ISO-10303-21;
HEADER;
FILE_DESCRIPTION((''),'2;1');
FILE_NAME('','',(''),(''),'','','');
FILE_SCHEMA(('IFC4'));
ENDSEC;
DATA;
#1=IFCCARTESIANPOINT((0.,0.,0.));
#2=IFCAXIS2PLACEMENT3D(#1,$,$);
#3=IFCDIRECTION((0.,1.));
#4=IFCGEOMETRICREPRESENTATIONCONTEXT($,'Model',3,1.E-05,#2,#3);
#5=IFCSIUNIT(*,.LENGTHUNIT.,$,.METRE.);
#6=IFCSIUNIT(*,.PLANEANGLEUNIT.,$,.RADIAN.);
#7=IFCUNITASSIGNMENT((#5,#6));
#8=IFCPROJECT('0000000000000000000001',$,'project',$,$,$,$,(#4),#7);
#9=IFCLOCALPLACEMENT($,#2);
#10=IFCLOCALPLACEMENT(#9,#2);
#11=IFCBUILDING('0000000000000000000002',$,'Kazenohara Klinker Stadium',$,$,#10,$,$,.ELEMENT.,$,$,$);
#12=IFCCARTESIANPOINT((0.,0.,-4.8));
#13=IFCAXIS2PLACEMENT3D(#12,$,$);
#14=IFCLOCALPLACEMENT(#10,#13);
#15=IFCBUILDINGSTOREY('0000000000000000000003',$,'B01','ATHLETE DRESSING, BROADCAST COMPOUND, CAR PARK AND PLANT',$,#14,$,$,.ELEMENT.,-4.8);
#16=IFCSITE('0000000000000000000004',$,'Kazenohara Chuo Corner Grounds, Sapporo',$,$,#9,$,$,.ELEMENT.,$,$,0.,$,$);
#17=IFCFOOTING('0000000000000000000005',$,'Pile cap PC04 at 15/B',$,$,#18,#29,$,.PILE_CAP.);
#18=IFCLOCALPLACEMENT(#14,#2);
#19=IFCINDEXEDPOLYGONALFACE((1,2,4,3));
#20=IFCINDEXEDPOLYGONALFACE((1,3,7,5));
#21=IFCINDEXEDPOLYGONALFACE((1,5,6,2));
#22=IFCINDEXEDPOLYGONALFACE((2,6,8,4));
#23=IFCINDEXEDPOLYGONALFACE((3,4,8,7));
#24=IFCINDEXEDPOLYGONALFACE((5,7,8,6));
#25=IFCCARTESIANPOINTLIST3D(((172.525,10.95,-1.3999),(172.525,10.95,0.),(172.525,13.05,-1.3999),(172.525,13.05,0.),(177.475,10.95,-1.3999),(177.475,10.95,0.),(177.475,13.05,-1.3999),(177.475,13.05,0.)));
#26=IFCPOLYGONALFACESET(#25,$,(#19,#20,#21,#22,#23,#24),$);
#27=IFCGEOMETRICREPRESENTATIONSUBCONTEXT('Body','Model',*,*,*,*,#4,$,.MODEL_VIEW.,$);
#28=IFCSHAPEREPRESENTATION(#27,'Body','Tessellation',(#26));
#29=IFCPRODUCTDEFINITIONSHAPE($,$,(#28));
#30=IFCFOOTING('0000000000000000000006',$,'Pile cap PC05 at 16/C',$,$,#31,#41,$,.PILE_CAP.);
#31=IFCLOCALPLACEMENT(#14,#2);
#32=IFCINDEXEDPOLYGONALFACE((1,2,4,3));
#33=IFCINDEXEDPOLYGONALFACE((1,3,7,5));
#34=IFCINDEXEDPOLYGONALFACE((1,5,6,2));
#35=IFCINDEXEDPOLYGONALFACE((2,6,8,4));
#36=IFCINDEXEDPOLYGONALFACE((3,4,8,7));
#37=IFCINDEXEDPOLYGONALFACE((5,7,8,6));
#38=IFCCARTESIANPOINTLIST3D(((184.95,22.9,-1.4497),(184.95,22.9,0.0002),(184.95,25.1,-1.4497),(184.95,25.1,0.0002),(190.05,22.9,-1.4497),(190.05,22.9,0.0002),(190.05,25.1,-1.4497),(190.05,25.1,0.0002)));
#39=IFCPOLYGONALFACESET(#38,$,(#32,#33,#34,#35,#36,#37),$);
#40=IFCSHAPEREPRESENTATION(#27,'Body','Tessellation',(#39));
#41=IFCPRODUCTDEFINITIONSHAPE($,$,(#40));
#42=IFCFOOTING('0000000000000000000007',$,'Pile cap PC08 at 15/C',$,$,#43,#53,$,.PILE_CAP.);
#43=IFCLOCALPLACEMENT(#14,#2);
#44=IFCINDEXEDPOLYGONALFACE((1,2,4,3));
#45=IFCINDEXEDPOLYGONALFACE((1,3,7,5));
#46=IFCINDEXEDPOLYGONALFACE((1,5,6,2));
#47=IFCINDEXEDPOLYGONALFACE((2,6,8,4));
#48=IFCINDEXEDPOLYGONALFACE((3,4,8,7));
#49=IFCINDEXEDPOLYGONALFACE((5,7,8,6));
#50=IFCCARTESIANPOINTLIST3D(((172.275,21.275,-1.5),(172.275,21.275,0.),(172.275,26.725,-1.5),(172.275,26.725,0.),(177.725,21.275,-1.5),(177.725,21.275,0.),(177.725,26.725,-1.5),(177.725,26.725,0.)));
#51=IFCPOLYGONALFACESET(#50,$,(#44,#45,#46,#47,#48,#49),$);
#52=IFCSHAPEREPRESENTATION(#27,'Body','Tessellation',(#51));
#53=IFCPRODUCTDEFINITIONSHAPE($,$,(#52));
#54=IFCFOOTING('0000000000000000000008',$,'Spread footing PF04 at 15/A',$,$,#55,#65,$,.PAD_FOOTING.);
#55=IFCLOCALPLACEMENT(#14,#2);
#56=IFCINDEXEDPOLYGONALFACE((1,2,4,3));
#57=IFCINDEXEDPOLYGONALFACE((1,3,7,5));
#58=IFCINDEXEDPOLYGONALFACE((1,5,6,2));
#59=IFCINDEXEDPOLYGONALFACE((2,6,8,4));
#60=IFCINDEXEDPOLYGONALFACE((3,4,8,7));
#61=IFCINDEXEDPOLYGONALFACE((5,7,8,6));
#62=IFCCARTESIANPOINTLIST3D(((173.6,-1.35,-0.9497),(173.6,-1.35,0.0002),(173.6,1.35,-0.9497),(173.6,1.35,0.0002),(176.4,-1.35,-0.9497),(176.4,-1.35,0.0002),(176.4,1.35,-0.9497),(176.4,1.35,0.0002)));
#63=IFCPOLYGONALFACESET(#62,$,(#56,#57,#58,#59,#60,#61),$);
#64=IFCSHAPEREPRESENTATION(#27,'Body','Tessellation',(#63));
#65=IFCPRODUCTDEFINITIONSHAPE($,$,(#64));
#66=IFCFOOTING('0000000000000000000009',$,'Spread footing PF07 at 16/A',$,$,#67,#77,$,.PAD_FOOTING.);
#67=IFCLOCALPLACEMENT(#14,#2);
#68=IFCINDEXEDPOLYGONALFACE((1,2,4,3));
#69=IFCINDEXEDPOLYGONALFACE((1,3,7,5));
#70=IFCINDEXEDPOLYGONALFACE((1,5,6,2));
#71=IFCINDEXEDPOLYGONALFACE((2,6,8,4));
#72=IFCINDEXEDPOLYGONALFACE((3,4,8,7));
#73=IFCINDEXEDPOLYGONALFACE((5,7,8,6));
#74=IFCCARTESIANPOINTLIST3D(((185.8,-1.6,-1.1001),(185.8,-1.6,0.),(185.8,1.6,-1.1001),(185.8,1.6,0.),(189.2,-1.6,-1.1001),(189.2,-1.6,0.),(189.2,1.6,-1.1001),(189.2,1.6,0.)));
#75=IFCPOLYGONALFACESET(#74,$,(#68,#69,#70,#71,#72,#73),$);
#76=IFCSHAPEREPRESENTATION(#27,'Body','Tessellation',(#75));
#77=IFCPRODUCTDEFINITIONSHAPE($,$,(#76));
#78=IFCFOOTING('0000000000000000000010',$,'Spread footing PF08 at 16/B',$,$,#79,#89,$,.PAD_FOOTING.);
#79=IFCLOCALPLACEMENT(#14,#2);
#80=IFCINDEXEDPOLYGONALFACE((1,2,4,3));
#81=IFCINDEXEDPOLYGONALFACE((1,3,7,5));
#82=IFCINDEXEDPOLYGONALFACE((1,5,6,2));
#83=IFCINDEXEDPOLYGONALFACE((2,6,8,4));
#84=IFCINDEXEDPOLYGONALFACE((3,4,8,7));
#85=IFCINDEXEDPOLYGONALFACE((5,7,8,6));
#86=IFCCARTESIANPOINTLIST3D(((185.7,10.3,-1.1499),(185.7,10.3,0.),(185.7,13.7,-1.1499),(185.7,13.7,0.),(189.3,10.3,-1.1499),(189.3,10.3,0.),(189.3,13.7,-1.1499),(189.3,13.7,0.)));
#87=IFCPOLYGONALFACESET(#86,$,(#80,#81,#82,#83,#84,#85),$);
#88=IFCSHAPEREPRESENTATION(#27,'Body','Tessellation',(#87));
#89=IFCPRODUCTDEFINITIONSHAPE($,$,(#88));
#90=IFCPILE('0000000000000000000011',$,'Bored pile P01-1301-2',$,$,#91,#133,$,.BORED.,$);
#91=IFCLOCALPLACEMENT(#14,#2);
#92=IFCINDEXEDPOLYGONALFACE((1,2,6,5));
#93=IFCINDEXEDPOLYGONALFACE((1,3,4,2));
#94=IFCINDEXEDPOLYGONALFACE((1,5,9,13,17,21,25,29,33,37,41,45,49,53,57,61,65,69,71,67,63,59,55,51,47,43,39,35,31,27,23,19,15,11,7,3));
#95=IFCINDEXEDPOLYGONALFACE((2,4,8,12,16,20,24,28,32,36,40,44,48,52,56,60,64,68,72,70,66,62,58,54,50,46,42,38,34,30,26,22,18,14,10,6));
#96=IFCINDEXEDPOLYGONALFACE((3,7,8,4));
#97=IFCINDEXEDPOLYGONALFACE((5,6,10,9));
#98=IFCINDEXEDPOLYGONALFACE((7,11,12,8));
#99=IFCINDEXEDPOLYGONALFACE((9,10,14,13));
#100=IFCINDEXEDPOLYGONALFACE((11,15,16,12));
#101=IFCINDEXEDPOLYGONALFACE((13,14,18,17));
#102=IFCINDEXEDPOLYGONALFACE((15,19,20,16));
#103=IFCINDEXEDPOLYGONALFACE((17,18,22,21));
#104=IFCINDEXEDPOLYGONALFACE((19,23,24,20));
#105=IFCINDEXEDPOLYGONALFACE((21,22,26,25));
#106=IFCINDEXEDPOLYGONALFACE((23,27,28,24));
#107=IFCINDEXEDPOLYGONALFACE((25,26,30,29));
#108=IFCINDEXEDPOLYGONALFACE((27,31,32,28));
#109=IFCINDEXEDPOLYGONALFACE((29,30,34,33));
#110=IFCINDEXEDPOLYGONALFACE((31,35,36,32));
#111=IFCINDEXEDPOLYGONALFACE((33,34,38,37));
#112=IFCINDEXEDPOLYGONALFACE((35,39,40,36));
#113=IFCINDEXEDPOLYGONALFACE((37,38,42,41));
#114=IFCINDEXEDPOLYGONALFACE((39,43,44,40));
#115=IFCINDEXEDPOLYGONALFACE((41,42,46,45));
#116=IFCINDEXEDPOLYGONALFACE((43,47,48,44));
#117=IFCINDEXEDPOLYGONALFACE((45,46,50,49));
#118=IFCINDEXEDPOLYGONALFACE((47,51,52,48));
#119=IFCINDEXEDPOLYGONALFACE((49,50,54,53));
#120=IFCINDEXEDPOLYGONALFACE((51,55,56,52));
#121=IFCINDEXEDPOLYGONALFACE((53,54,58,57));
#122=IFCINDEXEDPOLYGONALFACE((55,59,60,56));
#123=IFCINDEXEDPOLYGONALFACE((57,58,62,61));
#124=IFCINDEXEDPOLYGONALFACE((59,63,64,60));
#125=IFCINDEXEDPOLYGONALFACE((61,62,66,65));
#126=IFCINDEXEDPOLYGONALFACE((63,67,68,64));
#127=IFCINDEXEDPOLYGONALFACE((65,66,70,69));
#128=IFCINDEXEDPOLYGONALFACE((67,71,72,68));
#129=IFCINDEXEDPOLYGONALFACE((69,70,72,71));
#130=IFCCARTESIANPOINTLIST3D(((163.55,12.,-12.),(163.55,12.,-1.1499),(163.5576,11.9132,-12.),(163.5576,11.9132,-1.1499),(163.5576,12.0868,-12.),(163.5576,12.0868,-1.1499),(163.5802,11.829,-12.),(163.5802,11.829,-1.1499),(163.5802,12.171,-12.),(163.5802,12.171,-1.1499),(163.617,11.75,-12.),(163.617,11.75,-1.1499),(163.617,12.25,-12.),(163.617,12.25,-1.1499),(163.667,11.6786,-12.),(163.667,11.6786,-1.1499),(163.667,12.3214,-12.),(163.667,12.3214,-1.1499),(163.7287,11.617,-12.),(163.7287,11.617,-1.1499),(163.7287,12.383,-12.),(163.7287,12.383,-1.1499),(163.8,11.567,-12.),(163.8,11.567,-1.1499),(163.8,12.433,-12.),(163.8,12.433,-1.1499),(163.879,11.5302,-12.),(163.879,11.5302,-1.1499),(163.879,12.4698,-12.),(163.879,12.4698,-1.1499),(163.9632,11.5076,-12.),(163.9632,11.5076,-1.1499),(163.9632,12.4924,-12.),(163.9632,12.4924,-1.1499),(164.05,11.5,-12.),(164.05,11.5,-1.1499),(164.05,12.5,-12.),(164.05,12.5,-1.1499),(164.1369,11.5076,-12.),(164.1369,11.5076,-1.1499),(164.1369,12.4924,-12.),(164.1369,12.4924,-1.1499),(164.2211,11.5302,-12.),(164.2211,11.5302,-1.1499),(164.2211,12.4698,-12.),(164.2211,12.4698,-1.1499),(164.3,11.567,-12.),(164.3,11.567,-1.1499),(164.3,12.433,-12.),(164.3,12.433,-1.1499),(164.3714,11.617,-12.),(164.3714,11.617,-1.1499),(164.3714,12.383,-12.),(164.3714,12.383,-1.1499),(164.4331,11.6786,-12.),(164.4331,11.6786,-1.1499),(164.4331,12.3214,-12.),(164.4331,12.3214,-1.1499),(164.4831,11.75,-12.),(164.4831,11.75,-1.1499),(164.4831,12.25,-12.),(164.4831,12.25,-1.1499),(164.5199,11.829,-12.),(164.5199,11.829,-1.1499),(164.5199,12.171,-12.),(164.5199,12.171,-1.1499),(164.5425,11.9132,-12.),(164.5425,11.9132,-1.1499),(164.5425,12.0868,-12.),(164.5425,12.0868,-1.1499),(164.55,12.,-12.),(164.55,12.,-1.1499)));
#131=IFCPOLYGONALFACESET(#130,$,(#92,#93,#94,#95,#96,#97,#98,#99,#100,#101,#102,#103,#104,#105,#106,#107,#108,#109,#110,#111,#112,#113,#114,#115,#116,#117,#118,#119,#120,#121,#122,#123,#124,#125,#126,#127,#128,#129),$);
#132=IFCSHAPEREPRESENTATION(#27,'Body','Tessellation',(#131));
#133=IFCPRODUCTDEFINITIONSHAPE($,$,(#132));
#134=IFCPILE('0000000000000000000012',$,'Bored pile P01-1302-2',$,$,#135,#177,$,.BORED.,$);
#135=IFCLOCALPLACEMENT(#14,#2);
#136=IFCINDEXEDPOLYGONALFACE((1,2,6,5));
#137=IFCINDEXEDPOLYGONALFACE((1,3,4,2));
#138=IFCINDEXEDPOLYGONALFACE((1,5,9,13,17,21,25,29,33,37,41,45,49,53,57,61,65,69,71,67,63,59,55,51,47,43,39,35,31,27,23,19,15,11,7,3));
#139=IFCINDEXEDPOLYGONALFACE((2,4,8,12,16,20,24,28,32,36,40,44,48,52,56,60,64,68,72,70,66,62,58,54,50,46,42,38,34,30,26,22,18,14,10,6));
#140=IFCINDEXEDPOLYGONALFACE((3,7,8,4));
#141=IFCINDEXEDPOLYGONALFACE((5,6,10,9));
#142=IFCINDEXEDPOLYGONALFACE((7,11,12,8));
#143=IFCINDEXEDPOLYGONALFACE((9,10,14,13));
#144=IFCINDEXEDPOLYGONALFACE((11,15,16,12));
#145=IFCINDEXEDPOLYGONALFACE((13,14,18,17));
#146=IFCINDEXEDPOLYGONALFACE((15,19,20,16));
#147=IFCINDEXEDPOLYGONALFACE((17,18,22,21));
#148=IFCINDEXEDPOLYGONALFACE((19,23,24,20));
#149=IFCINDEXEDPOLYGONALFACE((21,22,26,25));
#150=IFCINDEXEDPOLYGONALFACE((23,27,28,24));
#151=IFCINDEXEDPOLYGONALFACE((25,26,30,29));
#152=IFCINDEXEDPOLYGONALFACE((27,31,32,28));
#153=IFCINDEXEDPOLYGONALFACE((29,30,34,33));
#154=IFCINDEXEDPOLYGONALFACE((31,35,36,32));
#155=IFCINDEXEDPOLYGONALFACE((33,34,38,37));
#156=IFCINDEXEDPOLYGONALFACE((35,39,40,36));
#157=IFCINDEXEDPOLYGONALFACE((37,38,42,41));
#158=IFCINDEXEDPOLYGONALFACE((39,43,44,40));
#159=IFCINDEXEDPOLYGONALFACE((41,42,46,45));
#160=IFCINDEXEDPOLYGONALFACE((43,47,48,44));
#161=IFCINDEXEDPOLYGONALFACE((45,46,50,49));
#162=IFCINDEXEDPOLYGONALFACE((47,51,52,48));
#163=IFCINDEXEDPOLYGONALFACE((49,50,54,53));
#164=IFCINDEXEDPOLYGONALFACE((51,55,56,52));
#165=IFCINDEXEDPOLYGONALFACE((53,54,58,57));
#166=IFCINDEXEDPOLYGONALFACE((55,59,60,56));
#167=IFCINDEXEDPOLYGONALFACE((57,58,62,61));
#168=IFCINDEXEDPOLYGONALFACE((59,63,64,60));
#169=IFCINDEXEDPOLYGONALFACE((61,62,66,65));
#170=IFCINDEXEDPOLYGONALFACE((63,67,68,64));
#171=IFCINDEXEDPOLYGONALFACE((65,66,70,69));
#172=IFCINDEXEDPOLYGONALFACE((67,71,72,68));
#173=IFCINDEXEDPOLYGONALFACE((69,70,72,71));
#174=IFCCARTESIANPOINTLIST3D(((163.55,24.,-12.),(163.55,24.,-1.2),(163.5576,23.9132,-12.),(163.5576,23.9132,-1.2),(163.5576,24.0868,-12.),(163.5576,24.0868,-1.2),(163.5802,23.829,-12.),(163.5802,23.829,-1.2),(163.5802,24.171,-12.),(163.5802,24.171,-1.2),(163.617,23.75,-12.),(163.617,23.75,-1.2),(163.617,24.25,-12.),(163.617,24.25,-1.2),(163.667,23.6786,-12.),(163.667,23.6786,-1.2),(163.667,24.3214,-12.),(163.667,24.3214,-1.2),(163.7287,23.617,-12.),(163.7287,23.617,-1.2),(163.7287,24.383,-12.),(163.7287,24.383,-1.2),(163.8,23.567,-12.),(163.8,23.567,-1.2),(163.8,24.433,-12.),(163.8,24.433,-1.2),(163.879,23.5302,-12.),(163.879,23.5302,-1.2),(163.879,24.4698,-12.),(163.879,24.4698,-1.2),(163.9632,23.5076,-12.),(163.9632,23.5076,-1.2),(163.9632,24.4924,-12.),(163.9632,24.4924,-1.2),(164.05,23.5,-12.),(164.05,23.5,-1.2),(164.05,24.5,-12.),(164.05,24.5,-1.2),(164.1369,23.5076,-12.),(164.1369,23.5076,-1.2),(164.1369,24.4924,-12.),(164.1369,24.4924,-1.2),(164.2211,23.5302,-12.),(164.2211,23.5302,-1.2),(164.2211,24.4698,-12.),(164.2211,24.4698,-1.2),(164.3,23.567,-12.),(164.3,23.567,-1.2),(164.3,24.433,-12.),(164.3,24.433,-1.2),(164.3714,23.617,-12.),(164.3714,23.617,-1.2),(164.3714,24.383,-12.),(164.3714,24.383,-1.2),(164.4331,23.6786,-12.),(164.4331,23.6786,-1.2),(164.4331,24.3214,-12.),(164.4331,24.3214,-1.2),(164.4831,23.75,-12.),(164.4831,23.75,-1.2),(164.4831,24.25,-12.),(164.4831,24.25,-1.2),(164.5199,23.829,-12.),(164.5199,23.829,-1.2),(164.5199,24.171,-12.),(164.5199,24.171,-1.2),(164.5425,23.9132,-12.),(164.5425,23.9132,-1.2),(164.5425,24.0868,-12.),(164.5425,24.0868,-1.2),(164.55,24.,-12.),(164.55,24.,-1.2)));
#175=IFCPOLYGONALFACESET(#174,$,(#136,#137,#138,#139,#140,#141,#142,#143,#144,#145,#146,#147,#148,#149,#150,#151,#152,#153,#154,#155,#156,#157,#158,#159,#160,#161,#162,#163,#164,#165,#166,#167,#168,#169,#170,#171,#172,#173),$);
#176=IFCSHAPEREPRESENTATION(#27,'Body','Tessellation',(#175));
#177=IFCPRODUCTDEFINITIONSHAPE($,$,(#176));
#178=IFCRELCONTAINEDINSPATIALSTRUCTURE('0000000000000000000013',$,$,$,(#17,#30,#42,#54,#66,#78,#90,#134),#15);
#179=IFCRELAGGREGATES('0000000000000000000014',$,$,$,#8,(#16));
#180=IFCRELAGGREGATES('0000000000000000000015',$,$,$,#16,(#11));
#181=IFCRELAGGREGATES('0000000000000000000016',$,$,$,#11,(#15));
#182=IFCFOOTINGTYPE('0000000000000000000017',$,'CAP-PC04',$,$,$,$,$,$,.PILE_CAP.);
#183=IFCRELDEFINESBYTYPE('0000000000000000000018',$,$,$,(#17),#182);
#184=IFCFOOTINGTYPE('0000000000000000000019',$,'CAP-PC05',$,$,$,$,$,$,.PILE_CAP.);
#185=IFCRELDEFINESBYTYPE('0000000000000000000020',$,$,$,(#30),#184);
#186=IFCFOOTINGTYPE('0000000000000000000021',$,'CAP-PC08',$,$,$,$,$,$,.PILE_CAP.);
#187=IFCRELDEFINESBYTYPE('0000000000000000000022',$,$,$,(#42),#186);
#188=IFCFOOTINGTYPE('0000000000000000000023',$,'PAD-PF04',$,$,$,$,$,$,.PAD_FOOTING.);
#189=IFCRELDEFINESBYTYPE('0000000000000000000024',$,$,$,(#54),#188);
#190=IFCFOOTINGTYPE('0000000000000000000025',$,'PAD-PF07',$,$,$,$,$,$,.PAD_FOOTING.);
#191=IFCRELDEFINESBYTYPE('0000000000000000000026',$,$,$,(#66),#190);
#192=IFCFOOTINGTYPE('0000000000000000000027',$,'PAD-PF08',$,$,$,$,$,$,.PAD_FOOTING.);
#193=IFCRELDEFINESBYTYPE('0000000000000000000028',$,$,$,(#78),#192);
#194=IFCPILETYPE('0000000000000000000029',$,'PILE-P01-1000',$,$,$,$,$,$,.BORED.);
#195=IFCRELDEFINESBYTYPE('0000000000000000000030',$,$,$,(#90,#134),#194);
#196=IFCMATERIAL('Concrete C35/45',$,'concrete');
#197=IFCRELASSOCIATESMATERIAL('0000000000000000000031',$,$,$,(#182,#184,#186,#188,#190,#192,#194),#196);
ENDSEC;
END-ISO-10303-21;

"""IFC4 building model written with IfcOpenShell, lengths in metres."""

from ifc_helpers import new_model, si_unit, direction, frame, origin, origin_2d, place, context, subcontext, project, spatial, rectangle, circle, extrude, material, material_profile, profile_set, type_object, element, save


model = new_model("IFC4")

# Units and contexts
model_context = context("Model", 3, precision=1e-05, world=origin(), true_north=direction((0.0, 1.0)))
body_context = subcontext(model_context, "Body", "Model", "MODEL_VIEW")
ifc_project = project(units=[si_unit("LENGTHUNIT", "METRE"), si_unit("PLANEANGLEUNIT", "RADIAN")], contexts=[model_context])

# Site, building, storey
site_placement = place(None, origin())
site = spatial("IfcSite", under=ifc_project, at=site_placement, Name="Kazenohara Chuo Corner Grounds, Sapporo", CompositionType="ELEMENT", RefElevation=0.0)
building_placement = place(site_placement, origin())
building = spatial("IfcBuilding", under=site, at=building_placement, Name="Kazenohara Klinker Stadium", CompositionType="ELEMENT")
storey_placement = place(building_placement, frame((0.0, 0.0, -4.8)))
storey = spatial("IfcBuildingStorey", under=building, at=storey_placement, Name="B01", Description="ATHLETE DRESSING, BROADCAST COMPOUND, CAR PARK AND PLANT", CompositionType="ELEMENT", Elevation=-4.8)

# Footings
ifc_material_1 = material(Name="Concrete C35/45", Category="concrete")
footing_type_1 = type_object("IfcFootingType", Name="CAP-PC04", PredefinedType="PILE_CAP", material=ifc_material_1)
footing_1_placement = place(storey_placement, frame((175.0, 12.0, -1.3999), z_axis=(0.0, 0.0, 1.0), x_axis=(1.0, 0.0, 0.0)))
element("IfcFooting", 1, at=footing_1_placement, inside=storey, type_object=footing_type_1, Name="Pile cap PC04 at 15/B", PredefinedType="PILE_CAP", context=body_context, shape_type="SweptSolid", body=[
    extrude(rectangle(XDim=4.95, YDim=2.1001, at=origin_2d()), origin(), (0.0, 0.0, 1.0), 1.3999),
])
footing_type_2 = type_object("IfcFootingType", Name="CAP-PC05", PredefinedType="PILE_CAP", material=ifc_material_1)
footing_2_placement = place(storey_placement, frame((187.5, 24.0, -1.4497), z_axis=(0.0, 0.0, 1.0), x_axis=(1.0, 0.0, 0.0)))
element("IfcFooting", 2, at=footing_2_placement, inside=storey, type_object=footing_type_2, Name="Pile cap PC05 at 16/C", PredefinedType="PILE_CAP", context=body_context, shape_type="SweptSolid", body=[
    extrude(rectangle(XDim=5.1001, YDim=2.2, at=origin_2d()), origin(), (0.0, 0.0, 1.0), 1.45),
])
footing_type_3 = type_object("IfcFootingType", Name="CAP-PC08", PredefinedType="PILE_CAP", material=ifc_material_1)
footing_3_placement = place(storey_placement, frame((175.0, 24.0, -1.5), z_axis=(0.0, 0.0, 1.0), x_axis=(1.0, 0.0, 0.0)))
element("IfcFooting", 3, at=footing_3_placement, inside=storey, type_object=footing_type_3, Name="Pile cap PC08 at 15/C", PredefinedType="PILE_CAP", context=body_context, shape_type="SweptSolid", body=[
    extrude(rectangle(XDim=5.45, YDim=5.45, at=origin_2d()), origin(), (0.0, 0.0, 1.0), 1.5),
])
footing_type_4 = type_object("IfcFootingType", Name="PAD-PF04", PredefinedType="PAD_FOOTING", material=ifc_material_1)
footing_4_placement = place(storey_placement, frame((175.0, 0.0, -0.9497), z_axis=(0.0, 0.0, 1.0), x_axis=(1.0, 0.0, 0.0)))
element("IfcFooting", 4, at=footing_4_placement, inside=storey, type_object=footing_type_4, Name="Spread footing PF04 at 15/A", PredefinedType="PAD_FOOTING", context=body_context, shape_type="SweptSolid", body=[
    extrude(rectangle(XDim=2.8, YDim=2.7, at=origin_2d()), origin(), (0.0, 0.0, 1.0), 0.95),
])
footing_type_5 = type_object("IfcFootingType", Name="PAD-PF07", PredefinedType="PAD_FOOTING", material=ifc_material_1)
footing_5_placement = place(storey_placement, frame((187.5, 0.0, -1.1001), z_axis=(0.0, 0.0, 1.0), x_axis=(1.0, 0.0, 0.0)))
element("IfcFooting", 5, at=footing_5_placement, inside=storey, type_object=footing_type_5, Name="Spread footing PF07 at 16/A", PredefinedType="PAD_FOOTING", context=body_context, shape_type="SweptSolid", body=[
    extrude(rectangle(XDim=3.3999, YDim=3.2, at=origin_2d()), origin(), (0.0, 0.0, 1.0), 1.1001),
])
footing_type_6 = type_object("IfcFootingType", Name="PAD-PF08", PredefinedType="PAD_FOOTING", material=ifc_material_1)
footing_6_placement = place(storey_placement, frame((187.5, 12.0, -1.1499), z_axis=(0.0, 0.0, 1.0), x_axis=(1.0, 0.0, 0.0)))
element("IfcFooting", 6, at=footing_6_placement, inside=storey, type_object=footing_type_6, Name="Spread footing PF08 at 16/B", PredefinedType="PAD_FOOTING", context=body_context, shape_type="SweptSolid", body=[
    extrude(rectangle(XDim=3.6001, YDim=3.3999, at=origin_2d()), origin(), (0.0, 0.0, 1.0), 1.1499),
])

# Piles
ifc_material_profile_1 = material_profile(ifc_material_1, circle(Radius=0.5, at=origin_2d()), Name="BORED-PILE-1000")
ifc_profile_set_1 = profile_set([ifc_material_profile_1], Name="Concrete C35/45")
pile_type_1 = type_object("IfcPileType", Name="PILE-P01-1000", PredefinedType="BORED", material=ifc_profile_set_1)
pile_1_placement = place(storey_placement, frame((164.05, 12.0, -1.1499), z_axis=(0.0, 0.0, -1.0), x_axis=(1.0, 0.0, 0.0)))
element("IfcPile", 7, at=pile_1_placement, inside=storey, type_object=pile_type_1, Name="Bored pile P01-1301-2", PredefinedType="BORED", context=body_context, shape_type="SweptSolid", body=[
    extrude(circle(Radius=0.5, at=origin_2d()), origin(), (0.0, 0.0, 1.0), 10.8501),
])
pile_2_placement = place(storey_placement, frame((164.05, 24.0, -1.2), z_axis=(0.0, 0.0, -1.0), x_axis=(1.0, 0.0, 0.0)))
element("IfcPile", 8, at=pile_2_placement, inside=storey, type_object=pile_type_1, Name="Bored pile P01-1302-2", PredefinedType="BORED", context=body_context, shape_type="SweptSolid", body=[
    extrude(circle(Radius=0.5, at=origin_2d()), origin(), (0.0, 0.0, 1.0), 10.8),
])

save(model, "model.ifc")
